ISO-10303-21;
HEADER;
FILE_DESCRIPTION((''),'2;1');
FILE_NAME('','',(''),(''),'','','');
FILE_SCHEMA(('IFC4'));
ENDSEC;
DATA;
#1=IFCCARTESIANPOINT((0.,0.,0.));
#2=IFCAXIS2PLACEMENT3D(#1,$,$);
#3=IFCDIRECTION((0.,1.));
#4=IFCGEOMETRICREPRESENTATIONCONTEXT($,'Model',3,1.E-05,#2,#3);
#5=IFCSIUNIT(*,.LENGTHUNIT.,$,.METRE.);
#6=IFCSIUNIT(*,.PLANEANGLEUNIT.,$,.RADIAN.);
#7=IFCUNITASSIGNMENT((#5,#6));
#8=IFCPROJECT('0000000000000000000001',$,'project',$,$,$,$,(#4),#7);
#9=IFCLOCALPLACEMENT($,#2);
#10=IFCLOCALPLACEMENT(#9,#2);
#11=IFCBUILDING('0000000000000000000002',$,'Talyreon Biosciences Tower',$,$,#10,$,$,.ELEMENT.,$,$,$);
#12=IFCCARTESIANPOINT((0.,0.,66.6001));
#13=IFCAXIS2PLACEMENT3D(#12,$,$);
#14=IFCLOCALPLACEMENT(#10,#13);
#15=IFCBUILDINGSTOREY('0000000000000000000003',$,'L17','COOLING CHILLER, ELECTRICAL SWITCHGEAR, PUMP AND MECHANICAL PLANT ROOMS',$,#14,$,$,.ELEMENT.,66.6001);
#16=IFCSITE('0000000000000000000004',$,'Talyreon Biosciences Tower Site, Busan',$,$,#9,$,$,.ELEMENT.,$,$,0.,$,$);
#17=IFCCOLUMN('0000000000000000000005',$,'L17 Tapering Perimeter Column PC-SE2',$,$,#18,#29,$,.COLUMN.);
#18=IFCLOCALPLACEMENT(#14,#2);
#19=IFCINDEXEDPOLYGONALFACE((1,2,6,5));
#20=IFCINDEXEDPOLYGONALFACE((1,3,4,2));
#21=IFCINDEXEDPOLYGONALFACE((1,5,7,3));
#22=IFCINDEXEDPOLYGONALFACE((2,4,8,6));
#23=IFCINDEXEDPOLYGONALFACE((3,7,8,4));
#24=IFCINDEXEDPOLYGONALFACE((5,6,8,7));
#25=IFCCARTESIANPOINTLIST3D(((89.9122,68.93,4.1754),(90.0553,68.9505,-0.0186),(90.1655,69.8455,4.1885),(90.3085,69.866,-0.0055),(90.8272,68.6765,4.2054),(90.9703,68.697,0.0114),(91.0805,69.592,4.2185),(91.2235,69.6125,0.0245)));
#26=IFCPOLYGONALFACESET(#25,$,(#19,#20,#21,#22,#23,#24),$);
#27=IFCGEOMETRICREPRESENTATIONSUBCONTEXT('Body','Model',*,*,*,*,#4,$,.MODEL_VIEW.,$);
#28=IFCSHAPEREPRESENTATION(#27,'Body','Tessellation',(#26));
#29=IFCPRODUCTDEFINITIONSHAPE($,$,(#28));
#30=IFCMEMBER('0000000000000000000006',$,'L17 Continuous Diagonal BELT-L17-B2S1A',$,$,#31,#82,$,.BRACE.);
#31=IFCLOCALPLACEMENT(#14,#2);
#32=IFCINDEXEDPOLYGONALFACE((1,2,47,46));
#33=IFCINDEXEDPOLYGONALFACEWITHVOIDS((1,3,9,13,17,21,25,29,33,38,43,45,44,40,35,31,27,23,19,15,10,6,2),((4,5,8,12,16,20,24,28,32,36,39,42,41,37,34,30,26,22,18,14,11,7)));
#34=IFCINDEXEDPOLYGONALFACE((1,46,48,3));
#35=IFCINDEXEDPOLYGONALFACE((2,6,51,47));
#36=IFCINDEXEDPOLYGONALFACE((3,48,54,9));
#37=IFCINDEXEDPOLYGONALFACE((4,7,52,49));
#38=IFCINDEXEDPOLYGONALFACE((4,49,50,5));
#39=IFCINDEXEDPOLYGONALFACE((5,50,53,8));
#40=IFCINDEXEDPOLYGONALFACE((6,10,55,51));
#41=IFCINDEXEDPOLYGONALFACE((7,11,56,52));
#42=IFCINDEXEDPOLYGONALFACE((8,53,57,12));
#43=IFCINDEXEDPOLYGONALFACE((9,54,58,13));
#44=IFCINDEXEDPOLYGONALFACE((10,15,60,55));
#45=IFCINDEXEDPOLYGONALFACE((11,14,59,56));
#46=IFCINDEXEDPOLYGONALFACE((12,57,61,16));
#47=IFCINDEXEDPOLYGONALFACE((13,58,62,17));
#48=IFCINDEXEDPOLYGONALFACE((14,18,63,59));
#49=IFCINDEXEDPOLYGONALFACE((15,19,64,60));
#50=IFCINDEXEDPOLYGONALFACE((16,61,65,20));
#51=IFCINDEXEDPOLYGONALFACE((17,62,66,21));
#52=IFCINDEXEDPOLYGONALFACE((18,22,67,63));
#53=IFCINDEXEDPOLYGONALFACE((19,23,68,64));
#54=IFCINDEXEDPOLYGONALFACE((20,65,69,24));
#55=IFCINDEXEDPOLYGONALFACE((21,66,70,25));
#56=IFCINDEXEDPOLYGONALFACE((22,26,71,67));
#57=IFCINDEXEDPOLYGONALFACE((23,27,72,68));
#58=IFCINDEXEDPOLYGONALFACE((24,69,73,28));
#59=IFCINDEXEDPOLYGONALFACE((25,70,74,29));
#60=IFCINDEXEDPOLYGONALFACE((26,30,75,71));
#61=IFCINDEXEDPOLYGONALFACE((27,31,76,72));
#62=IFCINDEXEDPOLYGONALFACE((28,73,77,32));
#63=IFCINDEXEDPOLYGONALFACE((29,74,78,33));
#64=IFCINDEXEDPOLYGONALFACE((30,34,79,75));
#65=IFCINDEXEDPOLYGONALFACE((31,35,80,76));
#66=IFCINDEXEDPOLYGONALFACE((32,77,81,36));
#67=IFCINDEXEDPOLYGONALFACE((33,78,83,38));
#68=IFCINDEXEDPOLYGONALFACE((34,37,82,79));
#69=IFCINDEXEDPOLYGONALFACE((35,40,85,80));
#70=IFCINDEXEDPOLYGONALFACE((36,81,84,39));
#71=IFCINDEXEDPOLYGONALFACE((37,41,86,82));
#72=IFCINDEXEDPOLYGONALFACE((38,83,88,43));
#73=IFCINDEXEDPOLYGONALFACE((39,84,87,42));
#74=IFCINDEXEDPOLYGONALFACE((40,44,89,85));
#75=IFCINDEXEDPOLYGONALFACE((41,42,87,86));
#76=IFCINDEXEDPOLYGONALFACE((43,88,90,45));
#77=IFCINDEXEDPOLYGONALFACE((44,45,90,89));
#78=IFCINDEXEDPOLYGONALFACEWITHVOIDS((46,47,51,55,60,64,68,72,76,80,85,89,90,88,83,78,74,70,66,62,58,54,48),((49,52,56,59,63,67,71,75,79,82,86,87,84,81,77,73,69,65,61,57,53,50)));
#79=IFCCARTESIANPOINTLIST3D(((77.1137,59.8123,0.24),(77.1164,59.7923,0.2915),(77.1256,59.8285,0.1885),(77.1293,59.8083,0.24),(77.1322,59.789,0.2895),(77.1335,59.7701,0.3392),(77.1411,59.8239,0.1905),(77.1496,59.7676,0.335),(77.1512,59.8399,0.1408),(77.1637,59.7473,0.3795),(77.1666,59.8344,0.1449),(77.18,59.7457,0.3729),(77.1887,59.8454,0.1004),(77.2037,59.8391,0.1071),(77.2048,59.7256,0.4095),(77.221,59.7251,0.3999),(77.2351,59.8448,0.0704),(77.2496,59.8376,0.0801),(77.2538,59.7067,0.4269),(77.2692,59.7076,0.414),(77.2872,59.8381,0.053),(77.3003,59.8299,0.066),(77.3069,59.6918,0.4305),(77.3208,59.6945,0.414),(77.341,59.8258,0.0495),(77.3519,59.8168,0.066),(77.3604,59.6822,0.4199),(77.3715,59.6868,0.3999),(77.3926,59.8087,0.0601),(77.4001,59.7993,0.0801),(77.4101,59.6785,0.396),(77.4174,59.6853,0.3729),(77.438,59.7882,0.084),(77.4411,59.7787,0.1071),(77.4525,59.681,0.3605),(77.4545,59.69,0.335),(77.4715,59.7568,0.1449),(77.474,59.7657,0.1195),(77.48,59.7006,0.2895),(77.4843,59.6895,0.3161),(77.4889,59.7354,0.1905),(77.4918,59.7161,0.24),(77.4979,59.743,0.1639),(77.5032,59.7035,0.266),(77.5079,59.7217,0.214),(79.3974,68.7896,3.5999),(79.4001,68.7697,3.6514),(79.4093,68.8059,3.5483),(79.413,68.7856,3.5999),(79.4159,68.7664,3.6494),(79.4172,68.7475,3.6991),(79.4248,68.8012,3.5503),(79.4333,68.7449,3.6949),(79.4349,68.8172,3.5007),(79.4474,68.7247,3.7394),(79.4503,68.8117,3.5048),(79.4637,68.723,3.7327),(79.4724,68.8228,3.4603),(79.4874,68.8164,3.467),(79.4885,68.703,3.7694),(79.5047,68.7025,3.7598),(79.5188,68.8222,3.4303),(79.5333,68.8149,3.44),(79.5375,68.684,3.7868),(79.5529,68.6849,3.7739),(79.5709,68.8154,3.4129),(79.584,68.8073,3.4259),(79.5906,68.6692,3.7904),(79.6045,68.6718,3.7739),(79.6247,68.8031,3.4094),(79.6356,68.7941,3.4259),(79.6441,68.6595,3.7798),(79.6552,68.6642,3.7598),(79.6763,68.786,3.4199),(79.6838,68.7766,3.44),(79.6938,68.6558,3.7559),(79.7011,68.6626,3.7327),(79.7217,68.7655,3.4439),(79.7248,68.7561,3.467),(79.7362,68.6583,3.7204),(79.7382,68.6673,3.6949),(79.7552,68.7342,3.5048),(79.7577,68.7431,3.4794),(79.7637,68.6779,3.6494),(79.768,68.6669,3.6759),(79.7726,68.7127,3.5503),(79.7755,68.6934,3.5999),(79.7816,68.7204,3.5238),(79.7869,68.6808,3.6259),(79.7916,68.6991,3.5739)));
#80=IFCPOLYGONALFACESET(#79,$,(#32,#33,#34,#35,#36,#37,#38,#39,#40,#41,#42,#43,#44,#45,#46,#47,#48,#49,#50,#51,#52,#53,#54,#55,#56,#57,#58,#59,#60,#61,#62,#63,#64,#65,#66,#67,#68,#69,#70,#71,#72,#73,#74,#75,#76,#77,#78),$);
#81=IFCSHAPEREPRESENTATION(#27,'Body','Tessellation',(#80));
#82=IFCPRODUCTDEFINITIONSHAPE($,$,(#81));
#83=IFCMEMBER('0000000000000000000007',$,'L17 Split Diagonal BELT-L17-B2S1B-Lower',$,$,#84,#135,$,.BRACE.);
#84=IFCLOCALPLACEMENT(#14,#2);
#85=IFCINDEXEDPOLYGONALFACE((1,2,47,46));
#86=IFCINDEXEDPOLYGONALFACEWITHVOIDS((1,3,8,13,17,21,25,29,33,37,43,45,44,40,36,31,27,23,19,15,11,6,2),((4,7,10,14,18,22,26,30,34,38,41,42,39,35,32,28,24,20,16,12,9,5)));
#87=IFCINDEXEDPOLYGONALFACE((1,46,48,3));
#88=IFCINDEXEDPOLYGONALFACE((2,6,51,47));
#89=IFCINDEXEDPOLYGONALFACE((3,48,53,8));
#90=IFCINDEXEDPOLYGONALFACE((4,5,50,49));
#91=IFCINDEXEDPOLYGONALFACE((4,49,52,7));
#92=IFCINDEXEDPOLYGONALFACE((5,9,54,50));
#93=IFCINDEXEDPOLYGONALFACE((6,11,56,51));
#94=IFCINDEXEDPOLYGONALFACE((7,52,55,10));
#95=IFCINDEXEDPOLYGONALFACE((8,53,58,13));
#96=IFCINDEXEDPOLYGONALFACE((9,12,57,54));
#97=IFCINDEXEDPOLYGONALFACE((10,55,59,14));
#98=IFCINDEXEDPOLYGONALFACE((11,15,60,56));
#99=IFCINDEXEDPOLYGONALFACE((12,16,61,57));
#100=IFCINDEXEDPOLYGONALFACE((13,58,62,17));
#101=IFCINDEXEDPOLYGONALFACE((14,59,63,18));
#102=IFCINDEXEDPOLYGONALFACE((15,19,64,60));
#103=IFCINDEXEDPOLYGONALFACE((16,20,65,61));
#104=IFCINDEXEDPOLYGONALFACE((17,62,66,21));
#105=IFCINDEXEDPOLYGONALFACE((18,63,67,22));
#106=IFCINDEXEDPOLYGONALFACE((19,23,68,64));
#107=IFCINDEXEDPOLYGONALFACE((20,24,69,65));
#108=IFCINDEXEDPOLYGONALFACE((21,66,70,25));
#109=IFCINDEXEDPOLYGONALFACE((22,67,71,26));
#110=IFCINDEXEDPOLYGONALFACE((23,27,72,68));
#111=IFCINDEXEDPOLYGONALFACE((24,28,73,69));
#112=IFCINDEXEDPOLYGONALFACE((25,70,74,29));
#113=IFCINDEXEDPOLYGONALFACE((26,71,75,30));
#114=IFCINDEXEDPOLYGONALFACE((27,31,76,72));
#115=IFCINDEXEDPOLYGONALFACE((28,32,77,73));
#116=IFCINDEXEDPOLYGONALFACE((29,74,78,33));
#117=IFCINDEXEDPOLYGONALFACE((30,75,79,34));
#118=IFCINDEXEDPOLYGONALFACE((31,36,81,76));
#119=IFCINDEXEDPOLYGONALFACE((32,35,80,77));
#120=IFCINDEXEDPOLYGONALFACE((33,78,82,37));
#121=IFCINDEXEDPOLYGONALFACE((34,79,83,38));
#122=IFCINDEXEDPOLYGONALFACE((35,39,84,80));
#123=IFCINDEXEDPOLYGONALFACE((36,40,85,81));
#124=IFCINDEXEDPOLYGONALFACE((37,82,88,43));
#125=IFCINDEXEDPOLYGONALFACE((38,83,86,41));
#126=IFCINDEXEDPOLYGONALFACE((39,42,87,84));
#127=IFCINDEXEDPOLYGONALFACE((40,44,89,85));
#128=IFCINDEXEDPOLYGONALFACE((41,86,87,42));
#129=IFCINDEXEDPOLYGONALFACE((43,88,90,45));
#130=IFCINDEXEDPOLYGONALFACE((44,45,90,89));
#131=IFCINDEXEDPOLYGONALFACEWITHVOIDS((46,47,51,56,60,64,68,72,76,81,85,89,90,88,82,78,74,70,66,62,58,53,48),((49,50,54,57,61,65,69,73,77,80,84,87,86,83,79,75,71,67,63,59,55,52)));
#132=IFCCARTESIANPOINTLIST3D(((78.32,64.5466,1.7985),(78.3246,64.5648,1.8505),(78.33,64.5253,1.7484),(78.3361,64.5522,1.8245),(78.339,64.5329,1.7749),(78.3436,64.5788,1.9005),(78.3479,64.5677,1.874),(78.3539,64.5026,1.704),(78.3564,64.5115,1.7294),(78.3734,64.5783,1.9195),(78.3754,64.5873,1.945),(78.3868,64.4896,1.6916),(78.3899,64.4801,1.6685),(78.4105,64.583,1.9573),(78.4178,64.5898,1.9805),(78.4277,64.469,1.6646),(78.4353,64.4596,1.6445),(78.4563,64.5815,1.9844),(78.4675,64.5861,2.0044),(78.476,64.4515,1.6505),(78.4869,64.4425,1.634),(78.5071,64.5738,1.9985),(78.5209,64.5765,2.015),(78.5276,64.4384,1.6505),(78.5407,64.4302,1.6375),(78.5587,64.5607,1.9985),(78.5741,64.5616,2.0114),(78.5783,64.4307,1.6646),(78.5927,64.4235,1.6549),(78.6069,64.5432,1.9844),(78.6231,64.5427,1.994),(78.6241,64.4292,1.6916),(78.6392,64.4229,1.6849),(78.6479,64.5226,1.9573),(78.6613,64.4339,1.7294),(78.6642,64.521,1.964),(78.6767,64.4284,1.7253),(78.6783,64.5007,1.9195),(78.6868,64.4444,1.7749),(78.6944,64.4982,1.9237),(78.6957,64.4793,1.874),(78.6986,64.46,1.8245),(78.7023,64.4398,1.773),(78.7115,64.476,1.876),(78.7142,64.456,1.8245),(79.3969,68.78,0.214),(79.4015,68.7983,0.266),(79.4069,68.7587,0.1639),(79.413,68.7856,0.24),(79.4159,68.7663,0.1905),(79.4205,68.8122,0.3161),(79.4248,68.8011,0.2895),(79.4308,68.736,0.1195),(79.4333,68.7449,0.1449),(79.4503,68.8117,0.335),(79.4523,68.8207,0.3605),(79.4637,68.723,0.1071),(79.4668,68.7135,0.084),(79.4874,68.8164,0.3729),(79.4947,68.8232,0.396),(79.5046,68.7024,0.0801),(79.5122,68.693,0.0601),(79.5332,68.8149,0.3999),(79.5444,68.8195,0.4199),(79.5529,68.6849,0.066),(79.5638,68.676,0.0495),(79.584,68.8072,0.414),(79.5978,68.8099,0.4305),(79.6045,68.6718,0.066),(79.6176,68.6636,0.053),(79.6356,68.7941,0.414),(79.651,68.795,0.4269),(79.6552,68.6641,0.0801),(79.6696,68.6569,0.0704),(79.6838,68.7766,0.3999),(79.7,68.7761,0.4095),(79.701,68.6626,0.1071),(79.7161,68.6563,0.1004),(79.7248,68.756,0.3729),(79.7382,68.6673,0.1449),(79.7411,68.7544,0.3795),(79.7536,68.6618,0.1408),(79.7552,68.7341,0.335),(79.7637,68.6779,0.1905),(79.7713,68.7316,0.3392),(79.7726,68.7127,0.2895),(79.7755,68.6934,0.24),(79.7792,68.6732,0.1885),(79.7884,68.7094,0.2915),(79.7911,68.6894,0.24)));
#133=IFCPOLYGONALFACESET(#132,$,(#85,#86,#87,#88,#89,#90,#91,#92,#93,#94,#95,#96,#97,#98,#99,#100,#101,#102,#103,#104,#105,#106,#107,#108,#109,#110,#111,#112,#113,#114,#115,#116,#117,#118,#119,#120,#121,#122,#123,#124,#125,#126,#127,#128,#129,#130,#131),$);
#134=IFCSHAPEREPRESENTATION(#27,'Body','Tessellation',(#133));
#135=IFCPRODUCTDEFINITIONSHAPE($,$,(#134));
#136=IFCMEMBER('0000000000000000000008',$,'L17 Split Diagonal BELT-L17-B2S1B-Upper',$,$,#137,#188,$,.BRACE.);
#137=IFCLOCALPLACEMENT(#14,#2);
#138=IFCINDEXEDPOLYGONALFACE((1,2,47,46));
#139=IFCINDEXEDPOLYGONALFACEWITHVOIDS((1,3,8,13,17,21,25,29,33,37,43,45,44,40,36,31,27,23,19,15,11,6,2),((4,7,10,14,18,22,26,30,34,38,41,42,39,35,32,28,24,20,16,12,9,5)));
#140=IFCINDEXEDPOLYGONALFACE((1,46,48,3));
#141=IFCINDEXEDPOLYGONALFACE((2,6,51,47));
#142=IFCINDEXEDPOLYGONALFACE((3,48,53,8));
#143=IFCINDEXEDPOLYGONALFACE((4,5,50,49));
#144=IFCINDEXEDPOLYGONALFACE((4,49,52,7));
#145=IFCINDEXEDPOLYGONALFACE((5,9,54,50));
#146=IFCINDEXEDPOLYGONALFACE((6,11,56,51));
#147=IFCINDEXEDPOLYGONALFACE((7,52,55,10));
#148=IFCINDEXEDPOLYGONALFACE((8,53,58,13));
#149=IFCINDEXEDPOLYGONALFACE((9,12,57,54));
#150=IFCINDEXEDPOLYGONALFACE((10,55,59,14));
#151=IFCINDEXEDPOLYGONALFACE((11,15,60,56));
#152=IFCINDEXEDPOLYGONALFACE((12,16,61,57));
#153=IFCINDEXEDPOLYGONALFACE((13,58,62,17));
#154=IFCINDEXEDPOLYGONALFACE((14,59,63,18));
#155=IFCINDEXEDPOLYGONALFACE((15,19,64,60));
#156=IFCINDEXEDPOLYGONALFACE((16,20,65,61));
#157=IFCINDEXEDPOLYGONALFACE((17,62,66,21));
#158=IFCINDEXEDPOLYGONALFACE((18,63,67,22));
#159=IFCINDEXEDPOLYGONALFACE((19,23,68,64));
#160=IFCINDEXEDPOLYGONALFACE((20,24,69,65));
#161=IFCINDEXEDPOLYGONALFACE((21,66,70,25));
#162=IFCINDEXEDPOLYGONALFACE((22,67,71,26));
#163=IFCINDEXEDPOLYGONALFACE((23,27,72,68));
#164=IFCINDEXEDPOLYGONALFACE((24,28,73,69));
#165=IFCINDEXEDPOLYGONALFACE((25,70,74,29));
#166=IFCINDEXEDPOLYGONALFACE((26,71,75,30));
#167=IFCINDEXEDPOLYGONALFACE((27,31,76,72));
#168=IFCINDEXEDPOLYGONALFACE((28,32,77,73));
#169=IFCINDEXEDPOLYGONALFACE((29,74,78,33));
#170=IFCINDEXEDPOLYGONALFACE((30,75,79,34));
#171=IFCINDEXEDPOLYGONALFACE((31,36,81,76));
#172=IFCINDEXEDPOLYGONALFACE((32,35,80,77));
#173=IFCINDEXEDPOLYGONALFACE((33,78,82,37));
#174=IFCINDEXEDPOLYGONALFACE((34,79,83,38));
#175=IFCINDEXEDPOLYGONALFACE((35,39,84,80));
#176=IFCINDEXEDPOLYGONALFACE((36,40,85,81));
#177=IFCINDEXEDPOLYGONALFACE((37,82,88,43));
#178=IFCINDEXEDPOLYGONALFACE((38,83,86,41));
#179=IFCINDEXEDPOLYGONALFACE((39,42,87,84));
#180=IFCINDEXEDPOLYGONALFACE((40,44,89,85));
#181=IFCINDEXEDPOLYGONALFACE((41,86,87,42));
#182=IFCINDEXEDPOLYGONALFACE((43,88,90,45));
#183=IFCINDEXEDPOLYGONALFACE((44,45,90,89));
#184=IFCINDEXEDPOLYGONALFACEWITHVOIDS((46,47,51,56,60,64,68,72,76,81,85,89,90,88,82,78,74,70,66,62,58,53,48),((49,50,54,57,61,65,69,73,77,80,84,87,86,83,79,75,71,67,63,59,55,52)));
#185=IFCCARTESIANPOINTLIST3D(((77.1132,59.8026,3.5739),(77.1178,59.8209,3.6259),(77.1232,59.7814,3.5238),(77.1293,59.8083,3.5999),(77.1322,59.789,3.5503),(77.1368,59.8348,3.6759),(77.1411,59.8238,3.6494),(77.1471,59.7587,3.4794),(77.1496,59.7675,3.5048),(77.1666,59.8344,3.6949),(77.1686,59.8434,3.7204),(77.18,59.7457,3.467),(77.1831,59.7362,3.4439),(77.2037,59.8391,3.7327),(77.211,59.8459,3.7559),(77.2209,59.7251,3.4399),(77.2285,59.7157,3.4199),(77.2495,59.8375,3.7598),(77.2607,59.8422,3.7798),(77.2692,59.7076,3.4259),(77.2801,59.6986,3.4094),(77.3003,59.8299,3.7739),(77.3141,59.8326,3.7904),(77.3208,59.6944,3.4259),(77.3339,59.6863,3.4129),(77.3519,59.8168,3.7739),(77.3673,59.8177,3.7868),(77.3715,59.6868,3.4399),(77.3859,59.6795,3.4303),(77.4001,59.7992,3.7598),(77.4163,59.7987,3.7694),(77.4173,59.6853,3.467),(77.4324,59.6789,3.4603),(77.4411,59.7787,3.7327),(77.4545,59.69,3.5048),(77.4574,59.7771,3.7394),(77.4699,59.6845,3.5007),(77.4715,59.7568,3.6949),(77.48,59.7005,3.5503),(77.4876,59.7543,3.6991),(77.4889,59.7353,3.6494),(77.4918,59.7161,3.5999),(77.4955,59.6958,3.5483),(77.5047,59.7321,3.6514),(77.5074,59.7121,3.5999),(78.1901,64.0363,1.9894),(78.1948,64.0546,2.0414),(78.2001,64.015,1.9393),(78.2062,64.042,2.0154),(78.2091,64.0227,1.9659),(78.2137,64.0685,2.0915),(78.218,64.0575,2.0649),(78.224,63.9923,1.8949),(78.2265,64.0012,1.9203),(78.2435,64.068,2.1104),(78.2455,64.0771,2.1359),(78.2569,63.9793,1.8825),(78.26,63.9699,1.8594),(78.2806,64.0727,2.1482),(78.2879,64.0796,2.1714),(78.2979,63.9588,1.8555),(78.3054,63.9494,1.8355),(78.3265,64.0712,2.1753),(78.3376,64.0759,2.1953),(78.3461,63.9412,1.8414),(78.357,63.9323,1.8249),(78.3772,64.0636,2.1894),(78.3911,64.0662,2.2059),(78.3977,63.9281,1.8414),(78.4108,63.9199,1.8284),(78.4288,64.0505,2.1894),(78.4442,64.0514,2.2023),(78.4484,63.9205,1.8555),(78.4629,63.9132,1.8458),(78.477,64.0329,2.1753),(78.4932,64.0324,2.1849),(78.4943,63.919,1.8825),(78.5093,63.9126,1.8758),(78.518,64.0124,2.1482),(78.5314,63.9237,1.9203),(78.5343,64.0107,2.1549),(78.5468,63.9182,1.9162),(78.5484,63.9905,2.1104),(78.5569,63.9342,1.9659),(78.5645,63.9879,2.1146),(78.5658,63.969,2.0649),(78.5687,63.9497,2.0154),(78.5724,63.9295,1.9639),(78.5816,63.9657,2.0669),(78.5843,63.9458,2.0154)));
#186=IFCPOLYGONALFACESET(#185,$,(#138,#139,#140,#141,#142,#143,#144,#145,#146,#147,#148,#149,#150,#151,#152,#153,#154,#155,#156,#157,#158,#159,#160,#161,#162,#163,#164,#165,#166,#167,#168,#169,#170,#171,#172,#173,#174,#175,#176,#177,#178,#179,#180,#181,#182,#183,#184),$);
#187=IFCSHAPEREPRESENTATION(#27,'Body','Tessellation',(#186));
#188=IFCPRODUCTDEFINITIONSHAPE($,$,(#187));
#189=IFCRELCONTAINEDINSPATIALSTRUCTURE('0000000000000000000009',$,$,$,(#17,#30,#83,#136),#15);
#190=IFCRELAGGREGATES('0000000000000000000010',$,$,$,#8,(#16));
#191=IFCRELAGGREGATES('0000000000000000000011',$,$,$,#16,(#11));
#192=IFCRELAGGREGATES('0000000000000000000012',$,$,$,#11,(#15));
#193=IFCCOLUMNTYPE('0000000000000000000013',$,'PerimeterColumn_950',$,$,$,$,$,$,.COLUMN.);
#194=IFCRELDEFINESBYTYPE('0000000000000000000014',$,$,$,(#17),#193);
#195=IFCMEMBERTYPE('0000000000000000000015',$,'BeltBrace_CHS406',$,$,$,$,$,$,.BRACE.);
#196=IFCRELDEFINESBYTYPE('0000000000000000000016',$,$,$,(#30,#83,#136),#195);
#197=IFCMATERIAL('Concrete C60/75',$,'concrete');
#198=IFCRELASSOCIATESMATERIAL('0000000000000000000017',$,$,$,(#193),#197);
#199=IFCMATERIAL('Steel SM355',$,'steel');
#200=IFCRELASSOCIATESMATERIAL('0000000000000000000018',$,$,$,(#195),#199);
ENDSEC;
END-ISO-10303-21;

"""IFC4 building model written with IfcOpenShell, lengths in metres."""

from ifc_helpers import new_model, si_unit, direction, frame, origin, origin_2d, place, context, subcontext, project, spatial, rectangle, hollow_circle, extrude, material, material_profile, profile_set, type_object, element, save


model = new_model("IFC4")

# Units and contexts
model_context = context("Model", 3, precision=1e-05, world=origin(), true_north=direction((0.0, 1.0)))
body_context = subcontext(model_context, "Body", "Model", "MODEL_VIEW")
ifc_project = project(units=[si_unit("LENGTHUNIT", "METRE"), si_unit("PLANEANGLEUNIT", "RADIAN")], contexts=[model_context])

# Site, building, storey
site_placement = place(None, origin())
site = spatial("IfcSite", under=ifc_project, at=site_placement, Name="Talyreon Biosciences Tower Site, Busan", CompositionType="ELEMENT", RefElevation=0.0)
building_placement = place(site_placement, origin())
building = spatial("IfcBuilding", under=site, at=building_placement, Name="Talyreon Biosciences Tower", CompositionType="ELEMENT")
storey_placement = place(building_placement, frame((0.0, 0.0, 66.6001)))
storey = spatial("IfcBuildingStorey", under=building, at=storey_placement, Name="L17", Description="COOLING CHILLER, ELECTRICAL SWITCHGEAR, PUMP AND MECHANICAL PLANT ROOMS", CompositionType="ELEMENT", Elevation=66.6001)

# Column
ifc_material_1 = material(Name="Concrete C60/75", Category="concrete")
ifc_material_profile_1 = material_profile(ifc_material_1, rectangle(XDim=0.95, YDim=0.95, at=origin_2d()), Name="RC 950x950")
ifc_profile_set_1 = profile_set([ifc_material_profile_1], Name="Concrete C60/75")
column_type = type_object("IfcColumnType", Name="PerimeterColumn_950", PredefinedType="COLUMN", material=ifc_profile_set_1)
column_placement = place(storey_placement, frame((90.6394, 69.2815, 0.0029), z_axis=(-0.034091, -0.004887, 0.999407), x_axis=(0.963207, -0.266904, 0.031551)))
element("IfcColumn", 1, at=column_placement, inside=storey, type_object=column_type, Name="L17 Tapering Perimeter Column PC-SE2", PredefinedType="COLUMN", context=body_context, shape_type="SweptSolid", body=[
    extrude(rectangle(XDim=0.95, YDim=0.95, at=origin_2d()), origin(), (0.0, 0.0, 1.0), 4.1965),
])

# Members
ifc_material_2 = material(Name="Steel SM355", Category="steel")
ifc_material_profile_2 = material_profile(ifc_material_2, hollow_circle(Radius=0.2031, WallThickness=0.0161, at=origin_2d()), Name="CHS 406.4x16")
ifc_profile_set_2 = profile_set([ifc_material_profile_2], Name="Steel SM355")
member_type_1 = type_object("IfcMemberType", Name="BeltBrace_CHS406", PredefinedType="BRACE", material=ifc_profile_set_2)
member_1_placement = place(storey_placement, frame((77.3105, 59.7622, 0.24), z_axis=(0.231759, 0.911057, 0.340974), x_axis=(-0.969134, 0.246533, 0.0)))
element("IfcMember", 2, at=member_1_placement, inside=storey, type_object=member_type_1, Name="L17 Continuous Diagonal BELT-L17-B2S1A", PredefinedType="BRACE", context=body_context, shape_type="SweptSolid", body=[
    extrude(hollow_circle(Radius=0.2031, WallThickness=0.0161, at=origin_2d()), origin(), (0.0, 0.0, 1.0), 9.8538),
])
member_2_placement = place(storey_placement, frame((79.5942, 68.7395, 0.24), z_axis=(-0.231756, -0.911052, 0.340988), x_axis=(0.969135, -0.246531, 0.0)))
element("IfcMember", 3, at=member_2_placement, inside=storey, type_object=member_type_1, Name="L17 Split Diagonal BELT-L17-B2S1B-Lower", PredefinedType="BRACE", context=body_context, shape_type="SweptSolid", body=[
    extrude(hollow_circle(Radius=0.2031, WallThickness=0.0161, at=origin_2d()), origin(), (0.0, 0.0, 1.0), 4.6467),
])
member_3_placement = place(storey_placement, frame((78.3875, 63.9958, 2.0154), z_axis=(-0.231745, -0.911061, 0.340972), x_axis=(0.969138, -0.246518, 0.0)))
element("IfcMember", 4, at=member_3_placement, inside=storey, type_object=member_type_1, Name="L17 Split Diagonal BELT-L17-B2S1B-Upper", PredefinedType="BRACE", context=body_context, shape_type="SweptSolid", body=[
    extrude(hollow_circle(Radius=0.2031, WallThickness=0.0161, at=origin_2d()), origin(), (0.0, 0.0, 1.0), 4.647),
])

save(model, "model.ifc")
